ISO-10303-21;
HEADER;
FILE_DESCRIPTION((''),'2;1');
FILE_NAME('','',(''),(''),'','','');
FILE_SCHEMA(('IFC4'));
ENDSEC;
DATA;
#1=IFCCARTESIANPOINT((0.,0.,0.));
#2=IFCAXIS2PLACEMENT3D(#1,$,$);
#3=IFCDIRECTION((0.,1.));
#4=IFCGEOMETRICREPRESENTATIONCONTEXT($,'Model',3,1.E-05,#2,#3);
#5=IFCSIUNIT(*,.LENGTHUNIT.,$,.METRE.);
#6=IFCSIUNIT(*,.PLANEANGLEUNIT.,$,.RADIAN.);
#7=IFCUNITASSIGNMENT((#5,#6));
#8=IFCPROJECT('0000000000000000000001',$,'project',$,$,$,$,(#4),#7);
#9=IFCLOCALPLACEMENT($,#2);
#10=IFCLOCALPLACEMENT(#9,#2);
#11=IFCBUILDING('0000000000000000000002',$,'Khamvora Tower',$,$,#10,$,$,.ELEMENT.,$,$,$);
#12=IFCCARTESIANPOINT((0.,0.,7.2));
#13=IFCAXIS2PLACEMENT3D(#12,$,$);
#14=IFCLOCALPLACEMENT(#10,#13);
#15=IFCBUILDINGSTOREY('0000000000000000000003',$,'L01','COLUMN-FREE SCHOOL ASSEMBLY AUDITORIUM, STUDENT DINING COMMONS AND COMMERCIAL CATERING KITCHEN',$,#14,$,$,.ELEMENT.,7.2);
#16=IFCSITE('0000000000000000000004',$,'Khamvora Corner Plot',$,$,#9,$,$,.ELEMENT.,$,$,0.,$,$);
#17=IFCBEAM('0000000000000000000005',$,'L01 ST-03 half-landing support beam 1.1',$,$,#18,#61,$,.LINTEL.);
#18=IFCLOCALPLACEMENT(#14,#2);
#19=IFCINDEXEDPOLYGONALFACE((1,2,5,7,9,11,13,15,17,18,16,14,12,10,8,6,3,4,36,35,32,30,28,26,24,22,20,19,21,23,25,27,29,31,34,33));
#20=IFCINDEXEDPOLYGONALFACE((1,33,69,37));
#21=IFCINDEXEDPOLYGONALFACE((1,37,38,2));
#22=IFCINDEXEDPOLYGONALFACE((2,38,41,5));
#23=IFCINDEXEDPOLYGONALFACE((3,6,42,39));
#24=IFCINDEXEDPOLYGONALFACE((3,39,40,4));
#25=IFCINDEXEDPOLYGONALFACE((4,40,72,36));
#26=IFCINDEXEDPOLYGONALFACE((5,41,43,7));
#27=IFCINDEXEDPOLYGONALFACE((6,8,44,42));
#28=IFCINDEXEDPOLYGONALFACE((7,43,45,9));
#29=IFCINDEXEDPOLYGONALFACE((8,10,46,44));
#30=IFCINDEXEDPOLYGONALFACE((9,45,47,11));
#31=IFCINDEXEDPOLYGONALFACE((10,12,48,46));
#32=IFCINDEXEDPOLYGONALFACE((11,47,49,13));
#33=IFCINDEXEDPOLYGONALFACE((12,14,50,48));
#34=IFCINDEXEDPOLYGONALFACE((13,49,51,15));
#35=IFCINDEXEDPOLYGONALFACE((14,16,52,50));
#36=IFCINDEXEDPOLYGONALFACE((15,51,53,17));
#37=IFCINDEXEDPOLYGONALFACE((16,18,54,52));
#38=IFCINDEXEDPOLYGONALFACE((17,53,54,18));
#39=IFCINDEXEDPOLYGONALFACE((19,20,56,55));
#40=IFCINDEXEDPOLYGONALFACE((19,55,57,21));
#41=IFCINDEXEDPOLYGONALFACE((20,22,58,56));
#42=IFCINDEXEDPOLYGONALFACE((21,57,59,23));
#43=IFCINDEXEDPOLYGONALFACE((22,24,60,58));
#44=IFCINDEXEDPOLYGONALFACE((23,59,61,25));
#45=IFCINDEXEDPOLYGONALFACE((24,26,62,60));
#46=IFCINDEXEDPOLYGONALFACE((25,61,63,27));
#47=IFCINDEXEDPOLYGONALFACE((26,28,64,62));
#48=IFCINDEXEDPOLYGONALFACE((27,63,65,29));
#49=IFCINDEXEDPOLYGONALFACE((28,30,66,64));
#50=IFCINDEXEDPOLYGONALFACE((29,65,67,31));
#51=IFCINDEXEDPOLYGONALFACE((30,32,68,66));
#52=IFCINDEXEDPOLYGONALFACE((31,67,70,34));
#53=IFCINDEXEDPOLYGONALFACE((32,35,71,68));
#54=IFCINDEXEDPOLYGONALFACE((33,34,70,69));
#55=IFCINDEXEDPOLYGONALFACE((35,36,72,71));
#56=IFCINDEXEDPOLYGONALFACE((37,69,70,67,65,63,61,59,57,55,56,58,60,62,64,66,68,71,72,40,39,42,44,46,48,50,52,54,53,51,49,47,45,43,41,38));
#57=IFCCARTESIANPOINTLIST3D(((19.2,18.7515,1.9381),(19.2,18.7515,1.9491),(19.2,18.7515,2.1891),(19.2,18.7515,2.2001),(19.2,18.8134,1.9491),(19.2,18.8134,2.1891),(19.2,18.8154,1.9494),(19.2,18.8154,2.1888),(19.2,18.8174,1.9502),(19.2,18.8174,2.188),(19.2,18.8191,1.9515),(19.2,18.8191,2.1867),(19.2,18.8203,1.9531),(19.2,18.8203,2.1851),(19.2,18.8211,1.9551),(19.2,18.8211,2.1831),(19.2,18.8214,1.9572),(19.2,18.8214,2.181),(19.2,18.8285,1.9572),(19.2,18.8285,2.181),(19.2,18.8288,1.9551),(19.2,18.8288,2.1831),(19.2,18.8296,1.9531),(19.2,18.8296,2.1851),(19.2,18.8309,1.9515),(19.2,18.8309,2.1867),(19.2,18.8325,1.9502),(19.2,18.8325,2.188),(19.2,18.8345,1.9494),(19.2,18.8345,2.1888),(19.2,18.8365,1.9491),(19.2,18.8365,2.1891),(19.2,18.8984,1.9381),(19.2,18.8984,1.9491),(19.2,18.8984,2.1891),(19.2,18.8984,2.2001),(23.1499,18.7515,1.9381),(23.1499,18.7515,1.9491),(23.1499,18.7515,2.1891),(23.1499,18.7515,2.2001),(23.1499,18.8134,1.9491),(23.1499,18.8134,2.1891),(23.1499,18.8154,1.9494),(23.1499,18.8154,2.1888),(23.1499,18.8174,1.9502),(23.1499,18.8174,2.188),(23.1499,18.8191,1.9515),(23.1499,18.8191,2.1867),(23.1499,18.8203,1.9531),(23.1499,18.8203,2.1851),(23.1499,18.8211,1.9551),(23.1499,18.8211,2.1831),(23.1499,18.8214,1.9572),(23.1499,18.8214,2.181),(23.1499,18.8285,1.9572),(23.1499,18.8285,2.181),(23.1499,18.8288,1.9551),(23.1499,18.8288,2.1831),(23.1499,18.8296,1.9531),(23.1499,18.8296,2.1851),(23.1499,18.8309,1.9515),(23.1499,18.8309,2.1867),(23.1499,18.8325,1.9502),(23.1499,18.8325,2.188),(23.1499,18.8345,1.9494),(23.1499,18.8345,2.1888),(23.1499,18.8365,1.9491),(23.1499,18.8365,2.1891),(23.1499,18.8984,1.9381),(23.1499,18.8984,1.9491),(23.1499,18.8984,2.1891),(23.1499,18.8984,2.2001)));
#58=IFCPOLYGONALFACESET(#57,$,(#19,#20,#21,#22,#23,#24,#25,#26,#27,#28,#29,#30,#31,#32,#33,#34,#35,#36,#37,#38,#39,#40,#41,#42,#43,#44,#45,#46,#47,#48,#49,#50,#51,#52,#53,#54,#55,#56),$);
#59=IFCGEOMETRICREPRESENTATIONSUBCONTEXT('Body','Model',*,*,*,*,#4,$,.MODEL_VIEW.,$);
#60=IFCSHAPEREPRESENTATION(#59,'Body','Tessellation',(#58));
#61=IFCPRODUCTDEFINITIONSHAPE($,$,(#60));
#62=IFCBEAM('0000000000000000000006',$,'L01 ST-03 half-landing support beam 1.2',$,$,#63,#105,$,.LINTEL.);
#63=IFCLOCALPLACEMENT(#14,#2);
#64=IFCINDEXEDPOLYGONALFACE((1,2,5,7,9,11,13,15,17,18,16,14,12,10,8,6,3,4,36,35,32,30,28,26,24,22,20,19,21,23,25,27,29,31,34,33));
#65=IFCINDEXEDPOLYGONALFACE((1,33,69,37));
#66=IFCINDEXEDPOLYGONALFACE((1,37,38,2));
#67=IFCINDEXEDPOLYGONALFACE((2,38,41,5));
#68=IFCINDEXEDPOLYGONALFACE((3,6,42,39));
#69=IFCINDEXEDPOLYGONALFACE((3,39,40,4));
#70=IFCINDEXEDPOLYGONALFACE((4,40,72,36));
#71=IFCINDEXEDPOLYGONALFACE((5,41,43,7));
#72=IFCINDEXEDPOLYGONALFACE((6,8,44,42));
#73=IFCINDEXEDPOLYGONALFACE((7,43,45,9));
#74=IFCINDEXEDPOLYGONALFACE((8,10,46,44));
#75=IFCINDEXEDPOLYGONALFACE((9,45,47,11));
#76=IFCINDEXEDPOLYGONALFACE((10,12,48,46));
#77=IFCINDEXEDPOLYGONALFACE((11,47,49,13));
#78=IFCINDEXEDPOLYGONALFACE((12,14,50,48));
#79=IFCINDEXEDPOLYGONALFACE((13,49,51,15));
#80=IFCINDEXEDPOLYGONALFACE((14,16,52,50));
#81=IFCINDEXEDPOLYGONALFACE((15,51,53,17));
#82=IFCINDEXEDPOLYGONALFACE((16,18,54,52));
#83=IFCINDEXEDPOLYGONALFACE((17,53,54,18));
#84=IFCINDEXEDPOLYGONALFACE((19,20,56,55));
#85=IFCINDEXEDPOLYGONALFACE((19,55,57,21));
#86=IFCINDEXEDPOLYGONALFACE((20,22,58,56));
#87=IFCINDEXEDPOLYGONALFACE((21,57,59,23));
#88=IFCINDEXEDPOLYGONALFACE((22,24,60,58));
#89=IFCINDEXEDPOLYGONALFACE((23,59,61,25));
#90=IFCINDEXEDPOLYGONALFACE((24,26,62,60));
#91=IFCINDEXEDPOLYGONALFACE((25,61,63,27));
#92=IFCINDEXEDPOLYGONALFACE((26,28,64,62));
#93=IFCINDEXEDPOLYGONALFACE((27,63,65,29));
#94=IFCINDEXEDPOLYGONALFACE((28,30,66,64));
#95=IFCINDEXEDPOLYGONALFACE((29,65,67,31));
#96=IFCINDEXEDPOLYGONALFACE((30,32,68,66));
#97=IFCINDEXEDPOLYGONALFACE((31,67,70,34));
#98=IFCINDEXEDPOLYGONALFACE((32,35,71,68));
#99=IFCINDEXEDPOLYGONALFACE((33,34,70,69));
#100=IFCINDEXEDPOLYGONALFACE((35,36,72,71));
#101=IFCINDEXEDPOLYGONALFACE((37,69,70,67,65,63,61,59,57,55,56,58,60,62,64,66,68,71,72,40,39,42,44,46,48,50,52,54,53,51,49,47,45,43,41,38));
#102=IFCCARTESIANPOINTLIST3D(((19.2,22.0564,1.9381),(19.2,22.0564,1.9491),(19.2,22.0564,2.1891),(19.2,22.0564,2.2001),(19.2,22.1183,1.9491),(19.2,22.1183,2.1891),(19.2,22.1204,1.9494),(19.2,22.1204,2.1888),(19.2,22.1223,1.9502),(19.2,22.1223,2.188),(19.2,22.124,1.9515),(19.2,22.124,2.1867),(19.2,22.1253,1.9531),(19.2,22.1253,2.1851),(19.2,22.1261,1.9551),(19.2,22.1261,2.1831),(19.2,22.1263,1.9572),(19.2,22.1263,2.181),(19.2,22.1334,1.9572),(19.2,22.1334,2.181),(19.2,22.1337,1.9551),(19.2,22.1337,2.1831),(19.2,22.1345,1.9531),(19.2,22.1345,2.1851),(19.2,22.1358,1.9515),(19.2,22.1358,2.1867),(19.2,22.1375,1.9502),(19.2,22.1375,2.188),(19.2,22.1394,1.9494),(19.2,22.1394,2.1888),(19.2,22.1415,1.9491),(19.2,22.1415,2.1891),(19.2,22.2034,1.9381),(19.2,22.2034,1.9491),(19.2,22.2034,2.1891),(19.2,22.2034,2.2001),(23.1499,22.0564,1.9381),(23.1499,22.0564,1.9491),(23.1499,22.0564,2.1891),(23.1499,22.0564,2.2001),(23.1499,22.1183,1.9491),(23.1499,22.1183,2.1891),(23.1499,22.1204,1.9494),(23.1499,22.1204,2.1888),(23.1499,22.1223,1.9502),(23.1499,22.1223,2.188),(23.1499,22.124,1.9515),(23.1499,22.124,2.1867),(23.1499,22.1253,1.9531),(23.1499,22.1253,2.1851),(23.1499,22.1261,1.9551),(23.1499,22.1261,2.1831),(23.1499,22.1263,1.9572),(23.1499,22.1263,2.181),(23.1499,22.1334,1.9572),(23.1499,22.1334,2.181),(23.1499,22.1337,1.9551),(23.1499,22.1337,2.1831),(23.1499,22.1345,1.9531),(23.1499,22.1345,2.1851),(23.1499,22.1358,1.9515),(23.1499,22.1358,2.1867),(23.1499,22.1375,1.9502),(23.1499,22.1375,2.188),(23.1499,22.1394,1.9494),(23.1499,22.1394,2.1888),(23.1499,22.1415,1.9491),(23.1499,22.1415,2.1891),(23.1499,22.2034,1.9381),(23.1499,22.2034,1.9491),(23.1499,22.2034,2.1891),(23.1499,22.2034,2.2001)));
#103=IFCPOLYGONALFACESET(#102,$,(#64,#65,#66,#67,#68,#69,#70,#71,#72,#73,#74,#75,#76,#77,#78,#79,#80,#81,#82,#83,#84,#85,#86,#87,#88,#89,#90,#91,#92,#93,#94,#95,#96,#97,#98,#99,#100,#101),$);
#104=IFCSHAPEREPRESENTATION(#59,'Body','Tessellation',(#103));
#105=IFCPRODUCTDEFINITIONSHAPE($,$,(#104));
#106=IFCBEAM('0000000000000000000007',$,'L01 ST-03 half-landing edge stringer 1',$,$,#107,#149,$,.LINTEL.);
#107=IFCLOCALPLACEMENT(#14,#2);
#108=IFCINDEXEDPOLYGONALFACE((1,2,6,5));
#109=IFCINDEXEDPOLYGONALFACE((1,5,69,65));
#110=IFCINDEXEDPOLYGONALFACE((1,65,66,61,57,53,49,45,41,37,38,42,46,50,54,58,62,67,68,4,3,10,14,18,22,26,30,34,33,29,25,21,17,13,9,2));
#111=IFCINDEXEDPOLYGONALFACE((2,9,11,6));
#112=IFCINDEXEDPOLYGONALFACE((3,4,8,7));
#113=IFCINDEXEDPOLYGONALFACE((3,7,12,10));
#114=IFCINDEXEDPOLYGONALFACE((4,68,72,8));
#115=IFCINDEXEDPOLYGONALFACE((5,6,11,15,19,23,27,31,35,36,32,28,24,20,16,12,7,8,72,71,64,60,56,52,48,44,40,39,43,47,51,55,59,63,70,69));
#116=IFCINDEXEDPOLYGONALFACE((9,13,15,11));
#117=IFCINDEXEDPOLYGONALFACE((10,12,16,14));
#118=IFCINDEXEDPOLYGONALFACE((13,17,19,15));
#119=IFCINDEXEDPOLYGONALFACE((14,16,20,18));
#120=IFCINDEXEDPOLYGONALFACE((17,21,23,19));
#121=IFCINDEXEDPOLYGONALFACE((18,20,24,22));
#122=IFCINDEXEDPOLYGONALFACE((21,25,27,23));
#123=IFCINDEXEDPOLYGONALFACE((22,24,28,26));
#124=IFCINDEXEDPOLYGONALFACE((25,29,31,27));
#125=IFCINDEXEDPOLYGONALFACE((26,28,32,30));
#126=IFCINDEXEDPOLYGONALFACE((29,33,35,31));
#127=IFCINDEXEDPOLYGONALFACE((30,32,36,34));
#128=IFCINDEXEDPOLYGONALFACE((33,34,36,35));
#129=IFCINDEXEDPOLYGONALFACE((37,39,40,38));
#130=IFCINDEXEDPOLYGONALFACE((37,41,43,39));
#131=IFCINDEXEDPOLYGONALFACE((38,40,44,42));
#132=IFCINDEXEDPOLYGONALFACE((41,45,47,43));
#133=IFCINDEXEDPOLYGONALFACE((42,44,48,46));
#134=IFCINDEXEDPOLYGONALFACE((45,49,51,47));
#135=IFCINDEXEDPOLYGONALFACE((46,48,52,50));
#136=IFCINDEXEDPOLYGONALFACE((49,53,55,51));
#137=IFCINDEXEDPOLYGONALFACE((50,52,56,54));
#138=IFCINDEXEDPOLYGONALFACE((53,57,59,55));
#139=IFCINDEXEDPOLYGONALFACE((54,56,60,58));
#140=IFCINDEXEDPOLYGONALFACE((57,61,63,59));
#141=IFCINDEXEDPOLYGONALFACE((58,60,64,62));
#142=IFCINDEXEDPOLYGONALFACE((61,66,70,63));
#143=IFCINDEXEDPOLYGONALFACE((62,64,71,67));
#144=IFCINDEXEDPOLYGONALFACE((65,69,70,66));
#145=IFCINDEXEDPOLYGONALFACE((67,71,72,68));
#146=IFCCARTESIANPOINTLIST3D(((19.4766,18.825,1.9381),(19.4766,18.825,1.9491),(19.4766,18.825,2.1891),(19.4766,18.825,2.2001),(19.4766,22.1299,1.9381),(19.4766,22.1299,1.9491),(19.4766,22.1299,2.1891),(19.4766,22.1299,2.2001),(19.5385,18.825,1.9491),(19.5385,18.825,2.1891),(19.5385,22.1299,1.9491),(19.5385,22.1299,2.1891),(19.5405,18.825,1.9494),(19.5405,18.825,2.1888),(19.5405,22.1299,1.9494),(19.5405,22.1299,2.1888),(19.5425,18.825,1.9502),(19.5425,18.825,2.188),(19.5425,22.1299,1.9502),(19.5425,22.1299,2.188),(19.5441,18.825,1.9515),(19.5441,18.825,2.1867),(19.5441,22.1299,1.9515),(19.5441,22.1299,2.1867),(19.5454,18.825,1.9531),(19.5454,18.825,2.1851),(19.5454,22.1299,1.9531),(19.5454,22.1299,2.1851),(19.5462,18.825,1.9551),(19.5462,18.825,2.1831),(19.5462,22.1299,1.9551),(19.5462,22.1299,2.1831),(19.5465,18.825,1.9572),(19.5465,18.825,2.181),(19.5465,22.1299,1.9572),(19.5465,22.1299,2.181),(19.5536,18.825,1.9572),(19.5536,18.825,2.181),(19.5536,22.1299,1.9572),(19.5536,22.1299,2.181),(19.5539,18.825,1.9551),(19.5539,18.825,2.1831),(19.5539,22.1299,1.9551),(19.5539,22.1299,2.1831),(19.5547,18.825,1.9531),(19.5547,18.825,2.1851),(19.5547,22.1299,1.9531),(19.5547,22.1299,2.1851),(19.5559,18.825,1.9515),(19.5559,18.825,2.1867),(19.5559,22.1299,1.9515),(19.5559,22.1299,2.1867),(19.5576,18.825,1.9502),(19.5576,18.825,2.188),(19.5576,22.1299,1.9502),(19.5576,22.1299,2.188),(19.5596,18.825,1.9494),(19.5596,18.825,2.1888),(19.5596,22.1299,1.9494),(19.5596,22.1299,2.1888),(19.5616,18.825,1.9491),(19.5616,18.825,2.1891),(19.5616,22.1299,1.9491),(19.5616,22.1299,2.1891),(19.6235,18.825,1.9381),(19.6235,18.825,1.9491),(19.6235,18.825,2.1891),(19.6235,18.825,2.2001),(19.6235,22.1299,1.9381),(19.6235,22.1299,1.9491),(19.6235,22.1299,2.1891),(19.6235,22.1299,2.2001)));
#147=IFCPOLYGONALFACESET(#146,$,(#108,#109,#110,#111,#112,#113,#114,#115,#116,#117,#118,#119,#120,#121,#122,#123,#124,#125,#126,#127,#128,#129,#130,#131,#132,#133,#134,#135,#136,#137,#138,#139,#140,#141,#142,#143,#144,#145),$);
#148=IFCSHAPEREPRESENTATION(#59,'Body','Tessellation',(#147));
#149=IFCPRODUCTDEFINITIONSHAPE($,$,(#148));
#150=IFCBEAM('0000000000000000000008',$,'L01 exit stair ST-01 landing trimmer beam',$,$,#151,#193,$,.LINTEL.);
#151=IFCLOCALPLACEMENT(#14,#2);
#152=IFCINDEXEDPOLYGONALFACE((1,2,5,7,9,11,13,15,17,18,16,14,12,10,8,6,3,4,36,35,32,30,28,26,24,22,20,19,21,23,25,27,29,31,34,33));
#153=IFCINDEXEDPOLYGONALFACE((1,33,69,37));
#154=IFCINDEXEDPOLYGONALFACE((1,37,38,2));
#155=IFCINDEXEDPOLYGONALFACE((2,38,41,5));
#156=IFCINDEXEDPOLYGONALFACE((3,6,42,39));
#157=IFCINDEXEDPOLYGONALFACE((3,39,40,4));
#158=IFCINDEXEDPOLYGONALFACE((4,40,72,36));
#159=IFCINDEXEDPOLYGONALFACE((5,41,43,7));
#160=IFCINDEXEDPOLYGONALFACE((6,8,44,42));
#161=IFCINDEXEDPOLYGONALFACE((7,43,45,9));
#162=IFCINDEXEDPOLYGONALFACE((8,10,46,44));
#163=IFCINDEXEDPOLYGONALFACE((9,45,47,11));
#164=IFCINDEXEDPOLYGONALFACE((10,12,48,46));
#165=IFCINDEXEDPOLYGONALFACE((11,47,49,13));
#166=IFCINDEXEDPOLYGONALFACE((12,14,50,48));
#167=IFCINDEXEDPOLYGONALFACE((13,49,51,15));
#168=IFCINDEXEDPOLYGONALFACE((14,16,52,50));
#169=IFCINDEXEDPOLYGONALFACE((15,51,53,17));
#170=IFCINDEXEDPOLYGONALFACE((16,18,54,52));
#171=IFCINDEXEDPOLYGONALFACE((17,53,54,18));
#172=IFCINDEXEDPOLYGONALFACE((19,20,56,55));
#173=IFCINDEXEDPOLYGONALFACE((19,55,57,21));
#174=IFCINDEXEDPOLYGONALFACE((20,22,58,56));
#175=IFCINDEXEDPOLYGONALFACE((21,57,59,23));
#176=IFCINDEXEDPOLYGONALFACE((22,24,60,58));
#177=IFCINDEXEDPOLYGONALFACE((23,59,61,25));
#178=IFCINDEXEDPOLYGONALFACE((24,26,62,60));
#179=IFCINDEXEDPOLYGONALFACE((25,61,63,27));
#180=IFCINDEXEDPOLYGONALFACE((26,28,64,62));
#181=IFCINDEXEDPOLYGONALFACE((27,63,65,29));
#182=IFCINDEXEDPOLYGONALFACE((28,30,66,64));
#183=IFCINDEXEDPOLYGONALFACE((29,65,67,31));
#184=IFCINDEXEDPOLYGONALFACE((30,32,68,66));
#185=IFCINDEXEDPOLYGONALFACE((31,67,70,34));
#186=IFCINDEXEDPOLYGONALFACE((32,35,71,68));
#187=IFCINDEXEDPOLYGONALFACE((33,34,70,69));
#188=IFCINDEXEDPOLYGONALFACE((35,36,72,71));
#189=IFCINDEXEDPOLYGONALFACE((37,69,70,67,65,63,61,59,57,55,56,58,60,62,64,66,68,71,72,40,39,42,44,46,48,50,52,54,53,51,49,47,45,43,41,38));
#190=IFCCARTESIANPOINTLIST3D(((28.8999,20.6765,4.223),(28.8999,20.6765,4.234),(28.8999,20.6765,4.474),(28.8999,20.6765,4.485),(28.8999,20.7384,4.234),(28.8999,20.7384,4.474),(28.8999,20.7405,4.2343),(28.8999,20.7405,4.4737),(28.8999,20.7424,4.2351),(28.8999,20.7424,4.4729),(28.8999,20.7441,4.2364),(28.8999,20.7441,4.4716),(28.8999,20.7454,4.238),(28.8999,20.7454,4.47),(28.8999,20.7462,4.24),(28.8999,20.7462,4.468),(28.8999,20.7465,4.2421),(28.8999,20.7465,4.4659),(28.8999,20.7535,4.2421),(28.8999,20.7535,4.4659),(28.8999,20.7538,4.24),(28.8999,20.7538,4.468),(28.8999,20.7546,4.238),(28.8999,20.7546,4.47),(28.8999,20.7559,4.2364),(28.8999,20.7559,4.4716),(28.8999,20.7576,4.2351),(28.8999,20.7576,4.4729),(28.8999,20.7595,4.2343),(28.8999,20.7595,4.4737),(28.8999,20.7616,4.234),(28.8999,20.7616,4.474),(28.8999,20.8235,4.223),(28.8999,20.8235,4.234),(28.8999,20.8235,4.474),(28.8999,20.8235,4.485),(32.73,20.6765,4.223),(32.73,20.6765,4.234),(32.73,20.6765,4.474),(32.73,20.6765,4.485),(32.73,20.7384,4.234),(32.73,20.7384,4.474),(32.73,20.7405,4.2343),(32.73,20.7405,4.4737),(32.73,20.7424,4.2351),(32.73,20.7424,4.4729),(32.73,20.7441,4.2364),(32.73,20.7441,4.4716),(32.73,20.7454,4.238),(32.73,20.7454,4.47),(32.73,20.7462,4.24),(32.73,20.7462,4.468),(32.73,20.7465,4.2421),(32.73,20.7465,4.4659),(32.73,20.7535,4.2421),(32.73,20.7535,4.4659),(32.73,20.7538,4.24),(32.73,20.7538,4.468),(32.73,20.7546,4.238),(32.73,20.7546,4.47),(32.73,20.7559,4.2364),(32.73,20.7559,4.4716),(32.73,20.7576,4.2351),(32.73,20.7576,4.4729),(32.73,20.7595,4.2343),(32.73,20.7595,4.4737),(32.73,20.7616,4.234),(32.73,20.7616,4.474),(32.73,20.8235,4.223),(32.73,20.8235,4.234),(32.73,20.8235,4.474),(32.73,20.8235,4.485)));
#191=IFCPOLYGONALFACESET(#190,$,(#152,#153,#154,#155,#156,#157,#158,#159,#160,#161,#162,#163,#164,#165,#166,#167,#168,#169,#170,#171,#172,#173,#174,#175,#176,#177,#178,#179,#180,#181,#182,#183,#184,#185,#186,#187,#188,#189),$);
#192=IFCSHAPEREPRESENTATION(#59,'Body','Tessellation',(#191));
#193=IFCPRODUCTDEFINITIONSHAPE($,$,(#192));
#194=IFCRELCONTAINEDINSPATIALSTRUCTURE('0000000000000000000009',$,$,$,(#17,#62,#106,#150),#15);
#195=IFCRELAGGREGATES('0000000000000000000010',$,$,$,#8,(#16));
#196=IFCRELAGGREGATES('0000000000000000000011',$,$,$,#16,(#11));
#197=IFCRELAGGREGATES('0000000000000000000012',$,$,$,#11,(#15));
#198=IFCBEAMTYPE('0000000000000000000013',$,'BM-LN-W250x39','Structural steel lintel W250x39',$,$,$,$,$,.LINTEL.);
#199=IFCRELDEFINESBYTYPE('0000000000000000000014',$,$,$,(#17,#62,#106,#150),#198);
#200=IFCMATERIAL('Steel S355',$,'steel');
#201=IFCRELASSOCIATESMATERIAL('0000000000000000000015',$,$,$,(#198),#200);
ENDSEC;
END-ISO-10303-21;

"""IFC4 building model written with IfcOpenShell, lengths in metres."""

from ifc_helpers import new_model, si_unit, direction, frame, origin, origin_2d, place, context, subcontext, project, spatial, i_section, extrude, material, material_profile, profile_set, type_object, element, save


model = new_model("IFC4")

# Units and contexts
model_context = context("Model", 3, precision=1e-05, world=origin(), true_north=direction((0.0, 1.0)))
body_context = subcontext(model_context, "Body", "Model", "MODEL_VIEW")
ifc_project = project(units=[si_unit("LENGTHUNIT", "METRE"), si_unit("PLANEANGLEUNIT", "RADIAN")], contexts=[model_context])

# Site, building, storey
site_placement = place(None, origin())
site = spatial("IfcSite", under=ifc_project, at=site_placement, Name="Khamvora Corner Plot", CompositionType="ELEMENT", RefElevation=0.0)
building_placement = place(site_placement, origin())
building = spatial("IfcBuilding", under=site, at=building_placement, Name="Khamvora Tower", CompositionType="ELEMENT")
storey_placement = place(building_placement, frame((0.0, 0.0, 7.2)))
storey = spatial("IfcBuildingStorey", under=building, at=storey_placement, Name="L01", Description="COLUMN-FREE SCHOOL ASSEMBLY AUDITORIUM, STUDENT DINING COMMONS AND COMMERCIAL CATERING KITCHEN", CompositionType="ELEMENT", Elevation=7.2)

# Beams
ifc_material_1 = material(Name="Steel S355", Category="steel")
ifc_material_profile_1 = material_profile(ifc_material_1, i_section(OverallWidth=0.147, OverallDepth=0.262, WebThickness=0.0071, FlangeThickness=0.011, FilletRadius=0.0081, at=origin_2d()), Name="W250x39")
ifc_profile_set_1 = profile_set([ifc_material_profile_1], Name="Steel S355")
beam_type_1 = type_object("IfcBeamType", Name="BM-LN-W250x39", Description="Structural steel lintel W250x39", PredefinedType="LINTEL", material=ifc_profile_set_1)
for number, where, z_axis, x_axis, name in (
    (1, (19.2, 18.825, 2.0691), (1.0, 0.0, 0.0), (0.0, 1.0, 0.0), "L01 ST-03 half-landing support beam 1.1"),
    (2, (19.2, 22.1299, 2.0691), (1.0, 0.0, 0.0), (0.0, 1.0, 0.0), "L01 ST-03 half-landing support beam 1.2"),
):
    element("IfcBeam", number, at=place(storey_placement, frame(where, z_axis=z_axis, x_axis=x_axis)), inside=storey, type_object=beam_type_1, Name=name, PredefinedType="LINTEL", context=body_context, shape_type="SweptSolid", body=[
        extrude(i_section(OverallWidth=0.147, OverallDepth=0.262, WebThickness=0.0071, FlangeThickness=0.011, FilletRadius=0.0081, at=origin_2d()), origin(), (0.0, 0.0, 1.0), 3.95),
    ])
beam_1_placement = place(storey_placement, frame((19.55, 18.825, 2.0691), z_axis=(0.0, 1.0, 0.0), x_axis=(-1.0, 0.0, 0.0)))
element("IfcBeam", 3, at=beam_1_placement, inside=storey, type_object=beam_type_1, Name="L01 ST-03 half-landing edge stringer 1", PredefinedType="LINTEL", context=body_context, shape_type="SweptSolid", body=[
    extrude(i_section(OverallWidth=0.147, OverallDepth=0.262, WebThickness=0.0071, FlangeThickness=0.011, FilletRadius=0.0081, at=origin_2d()), origin(), (0.0, 0.0, 1.0), 3.3049),
])
beam_2_placement = place(storey_placement, frame((28.8999, 20.75, 4.354), z_axis=(1.0, 0.0, 0.0), x_axis=(0.0, 1.0, 0.0)))
element("IfcBeam", 4, at=beam_2_placement, inside=storey, type_object=beam_type_1, Name="L01 exit stair ST-01 landing trimmer beam", PredefinedType="LINTEL", context=body_context, shape_type="SweptSolid", body=[
    extrude(i_section(OverallWidth=0.147, OverallDepth=0.262, WebThickness=0.0071, FlangeThickness=0.011, FilletRadius=0.0081, at=origin_2d()), origin(), (0.0, 0.0, 1.0), 3.8301),
])

save(model, "model.ifc")
